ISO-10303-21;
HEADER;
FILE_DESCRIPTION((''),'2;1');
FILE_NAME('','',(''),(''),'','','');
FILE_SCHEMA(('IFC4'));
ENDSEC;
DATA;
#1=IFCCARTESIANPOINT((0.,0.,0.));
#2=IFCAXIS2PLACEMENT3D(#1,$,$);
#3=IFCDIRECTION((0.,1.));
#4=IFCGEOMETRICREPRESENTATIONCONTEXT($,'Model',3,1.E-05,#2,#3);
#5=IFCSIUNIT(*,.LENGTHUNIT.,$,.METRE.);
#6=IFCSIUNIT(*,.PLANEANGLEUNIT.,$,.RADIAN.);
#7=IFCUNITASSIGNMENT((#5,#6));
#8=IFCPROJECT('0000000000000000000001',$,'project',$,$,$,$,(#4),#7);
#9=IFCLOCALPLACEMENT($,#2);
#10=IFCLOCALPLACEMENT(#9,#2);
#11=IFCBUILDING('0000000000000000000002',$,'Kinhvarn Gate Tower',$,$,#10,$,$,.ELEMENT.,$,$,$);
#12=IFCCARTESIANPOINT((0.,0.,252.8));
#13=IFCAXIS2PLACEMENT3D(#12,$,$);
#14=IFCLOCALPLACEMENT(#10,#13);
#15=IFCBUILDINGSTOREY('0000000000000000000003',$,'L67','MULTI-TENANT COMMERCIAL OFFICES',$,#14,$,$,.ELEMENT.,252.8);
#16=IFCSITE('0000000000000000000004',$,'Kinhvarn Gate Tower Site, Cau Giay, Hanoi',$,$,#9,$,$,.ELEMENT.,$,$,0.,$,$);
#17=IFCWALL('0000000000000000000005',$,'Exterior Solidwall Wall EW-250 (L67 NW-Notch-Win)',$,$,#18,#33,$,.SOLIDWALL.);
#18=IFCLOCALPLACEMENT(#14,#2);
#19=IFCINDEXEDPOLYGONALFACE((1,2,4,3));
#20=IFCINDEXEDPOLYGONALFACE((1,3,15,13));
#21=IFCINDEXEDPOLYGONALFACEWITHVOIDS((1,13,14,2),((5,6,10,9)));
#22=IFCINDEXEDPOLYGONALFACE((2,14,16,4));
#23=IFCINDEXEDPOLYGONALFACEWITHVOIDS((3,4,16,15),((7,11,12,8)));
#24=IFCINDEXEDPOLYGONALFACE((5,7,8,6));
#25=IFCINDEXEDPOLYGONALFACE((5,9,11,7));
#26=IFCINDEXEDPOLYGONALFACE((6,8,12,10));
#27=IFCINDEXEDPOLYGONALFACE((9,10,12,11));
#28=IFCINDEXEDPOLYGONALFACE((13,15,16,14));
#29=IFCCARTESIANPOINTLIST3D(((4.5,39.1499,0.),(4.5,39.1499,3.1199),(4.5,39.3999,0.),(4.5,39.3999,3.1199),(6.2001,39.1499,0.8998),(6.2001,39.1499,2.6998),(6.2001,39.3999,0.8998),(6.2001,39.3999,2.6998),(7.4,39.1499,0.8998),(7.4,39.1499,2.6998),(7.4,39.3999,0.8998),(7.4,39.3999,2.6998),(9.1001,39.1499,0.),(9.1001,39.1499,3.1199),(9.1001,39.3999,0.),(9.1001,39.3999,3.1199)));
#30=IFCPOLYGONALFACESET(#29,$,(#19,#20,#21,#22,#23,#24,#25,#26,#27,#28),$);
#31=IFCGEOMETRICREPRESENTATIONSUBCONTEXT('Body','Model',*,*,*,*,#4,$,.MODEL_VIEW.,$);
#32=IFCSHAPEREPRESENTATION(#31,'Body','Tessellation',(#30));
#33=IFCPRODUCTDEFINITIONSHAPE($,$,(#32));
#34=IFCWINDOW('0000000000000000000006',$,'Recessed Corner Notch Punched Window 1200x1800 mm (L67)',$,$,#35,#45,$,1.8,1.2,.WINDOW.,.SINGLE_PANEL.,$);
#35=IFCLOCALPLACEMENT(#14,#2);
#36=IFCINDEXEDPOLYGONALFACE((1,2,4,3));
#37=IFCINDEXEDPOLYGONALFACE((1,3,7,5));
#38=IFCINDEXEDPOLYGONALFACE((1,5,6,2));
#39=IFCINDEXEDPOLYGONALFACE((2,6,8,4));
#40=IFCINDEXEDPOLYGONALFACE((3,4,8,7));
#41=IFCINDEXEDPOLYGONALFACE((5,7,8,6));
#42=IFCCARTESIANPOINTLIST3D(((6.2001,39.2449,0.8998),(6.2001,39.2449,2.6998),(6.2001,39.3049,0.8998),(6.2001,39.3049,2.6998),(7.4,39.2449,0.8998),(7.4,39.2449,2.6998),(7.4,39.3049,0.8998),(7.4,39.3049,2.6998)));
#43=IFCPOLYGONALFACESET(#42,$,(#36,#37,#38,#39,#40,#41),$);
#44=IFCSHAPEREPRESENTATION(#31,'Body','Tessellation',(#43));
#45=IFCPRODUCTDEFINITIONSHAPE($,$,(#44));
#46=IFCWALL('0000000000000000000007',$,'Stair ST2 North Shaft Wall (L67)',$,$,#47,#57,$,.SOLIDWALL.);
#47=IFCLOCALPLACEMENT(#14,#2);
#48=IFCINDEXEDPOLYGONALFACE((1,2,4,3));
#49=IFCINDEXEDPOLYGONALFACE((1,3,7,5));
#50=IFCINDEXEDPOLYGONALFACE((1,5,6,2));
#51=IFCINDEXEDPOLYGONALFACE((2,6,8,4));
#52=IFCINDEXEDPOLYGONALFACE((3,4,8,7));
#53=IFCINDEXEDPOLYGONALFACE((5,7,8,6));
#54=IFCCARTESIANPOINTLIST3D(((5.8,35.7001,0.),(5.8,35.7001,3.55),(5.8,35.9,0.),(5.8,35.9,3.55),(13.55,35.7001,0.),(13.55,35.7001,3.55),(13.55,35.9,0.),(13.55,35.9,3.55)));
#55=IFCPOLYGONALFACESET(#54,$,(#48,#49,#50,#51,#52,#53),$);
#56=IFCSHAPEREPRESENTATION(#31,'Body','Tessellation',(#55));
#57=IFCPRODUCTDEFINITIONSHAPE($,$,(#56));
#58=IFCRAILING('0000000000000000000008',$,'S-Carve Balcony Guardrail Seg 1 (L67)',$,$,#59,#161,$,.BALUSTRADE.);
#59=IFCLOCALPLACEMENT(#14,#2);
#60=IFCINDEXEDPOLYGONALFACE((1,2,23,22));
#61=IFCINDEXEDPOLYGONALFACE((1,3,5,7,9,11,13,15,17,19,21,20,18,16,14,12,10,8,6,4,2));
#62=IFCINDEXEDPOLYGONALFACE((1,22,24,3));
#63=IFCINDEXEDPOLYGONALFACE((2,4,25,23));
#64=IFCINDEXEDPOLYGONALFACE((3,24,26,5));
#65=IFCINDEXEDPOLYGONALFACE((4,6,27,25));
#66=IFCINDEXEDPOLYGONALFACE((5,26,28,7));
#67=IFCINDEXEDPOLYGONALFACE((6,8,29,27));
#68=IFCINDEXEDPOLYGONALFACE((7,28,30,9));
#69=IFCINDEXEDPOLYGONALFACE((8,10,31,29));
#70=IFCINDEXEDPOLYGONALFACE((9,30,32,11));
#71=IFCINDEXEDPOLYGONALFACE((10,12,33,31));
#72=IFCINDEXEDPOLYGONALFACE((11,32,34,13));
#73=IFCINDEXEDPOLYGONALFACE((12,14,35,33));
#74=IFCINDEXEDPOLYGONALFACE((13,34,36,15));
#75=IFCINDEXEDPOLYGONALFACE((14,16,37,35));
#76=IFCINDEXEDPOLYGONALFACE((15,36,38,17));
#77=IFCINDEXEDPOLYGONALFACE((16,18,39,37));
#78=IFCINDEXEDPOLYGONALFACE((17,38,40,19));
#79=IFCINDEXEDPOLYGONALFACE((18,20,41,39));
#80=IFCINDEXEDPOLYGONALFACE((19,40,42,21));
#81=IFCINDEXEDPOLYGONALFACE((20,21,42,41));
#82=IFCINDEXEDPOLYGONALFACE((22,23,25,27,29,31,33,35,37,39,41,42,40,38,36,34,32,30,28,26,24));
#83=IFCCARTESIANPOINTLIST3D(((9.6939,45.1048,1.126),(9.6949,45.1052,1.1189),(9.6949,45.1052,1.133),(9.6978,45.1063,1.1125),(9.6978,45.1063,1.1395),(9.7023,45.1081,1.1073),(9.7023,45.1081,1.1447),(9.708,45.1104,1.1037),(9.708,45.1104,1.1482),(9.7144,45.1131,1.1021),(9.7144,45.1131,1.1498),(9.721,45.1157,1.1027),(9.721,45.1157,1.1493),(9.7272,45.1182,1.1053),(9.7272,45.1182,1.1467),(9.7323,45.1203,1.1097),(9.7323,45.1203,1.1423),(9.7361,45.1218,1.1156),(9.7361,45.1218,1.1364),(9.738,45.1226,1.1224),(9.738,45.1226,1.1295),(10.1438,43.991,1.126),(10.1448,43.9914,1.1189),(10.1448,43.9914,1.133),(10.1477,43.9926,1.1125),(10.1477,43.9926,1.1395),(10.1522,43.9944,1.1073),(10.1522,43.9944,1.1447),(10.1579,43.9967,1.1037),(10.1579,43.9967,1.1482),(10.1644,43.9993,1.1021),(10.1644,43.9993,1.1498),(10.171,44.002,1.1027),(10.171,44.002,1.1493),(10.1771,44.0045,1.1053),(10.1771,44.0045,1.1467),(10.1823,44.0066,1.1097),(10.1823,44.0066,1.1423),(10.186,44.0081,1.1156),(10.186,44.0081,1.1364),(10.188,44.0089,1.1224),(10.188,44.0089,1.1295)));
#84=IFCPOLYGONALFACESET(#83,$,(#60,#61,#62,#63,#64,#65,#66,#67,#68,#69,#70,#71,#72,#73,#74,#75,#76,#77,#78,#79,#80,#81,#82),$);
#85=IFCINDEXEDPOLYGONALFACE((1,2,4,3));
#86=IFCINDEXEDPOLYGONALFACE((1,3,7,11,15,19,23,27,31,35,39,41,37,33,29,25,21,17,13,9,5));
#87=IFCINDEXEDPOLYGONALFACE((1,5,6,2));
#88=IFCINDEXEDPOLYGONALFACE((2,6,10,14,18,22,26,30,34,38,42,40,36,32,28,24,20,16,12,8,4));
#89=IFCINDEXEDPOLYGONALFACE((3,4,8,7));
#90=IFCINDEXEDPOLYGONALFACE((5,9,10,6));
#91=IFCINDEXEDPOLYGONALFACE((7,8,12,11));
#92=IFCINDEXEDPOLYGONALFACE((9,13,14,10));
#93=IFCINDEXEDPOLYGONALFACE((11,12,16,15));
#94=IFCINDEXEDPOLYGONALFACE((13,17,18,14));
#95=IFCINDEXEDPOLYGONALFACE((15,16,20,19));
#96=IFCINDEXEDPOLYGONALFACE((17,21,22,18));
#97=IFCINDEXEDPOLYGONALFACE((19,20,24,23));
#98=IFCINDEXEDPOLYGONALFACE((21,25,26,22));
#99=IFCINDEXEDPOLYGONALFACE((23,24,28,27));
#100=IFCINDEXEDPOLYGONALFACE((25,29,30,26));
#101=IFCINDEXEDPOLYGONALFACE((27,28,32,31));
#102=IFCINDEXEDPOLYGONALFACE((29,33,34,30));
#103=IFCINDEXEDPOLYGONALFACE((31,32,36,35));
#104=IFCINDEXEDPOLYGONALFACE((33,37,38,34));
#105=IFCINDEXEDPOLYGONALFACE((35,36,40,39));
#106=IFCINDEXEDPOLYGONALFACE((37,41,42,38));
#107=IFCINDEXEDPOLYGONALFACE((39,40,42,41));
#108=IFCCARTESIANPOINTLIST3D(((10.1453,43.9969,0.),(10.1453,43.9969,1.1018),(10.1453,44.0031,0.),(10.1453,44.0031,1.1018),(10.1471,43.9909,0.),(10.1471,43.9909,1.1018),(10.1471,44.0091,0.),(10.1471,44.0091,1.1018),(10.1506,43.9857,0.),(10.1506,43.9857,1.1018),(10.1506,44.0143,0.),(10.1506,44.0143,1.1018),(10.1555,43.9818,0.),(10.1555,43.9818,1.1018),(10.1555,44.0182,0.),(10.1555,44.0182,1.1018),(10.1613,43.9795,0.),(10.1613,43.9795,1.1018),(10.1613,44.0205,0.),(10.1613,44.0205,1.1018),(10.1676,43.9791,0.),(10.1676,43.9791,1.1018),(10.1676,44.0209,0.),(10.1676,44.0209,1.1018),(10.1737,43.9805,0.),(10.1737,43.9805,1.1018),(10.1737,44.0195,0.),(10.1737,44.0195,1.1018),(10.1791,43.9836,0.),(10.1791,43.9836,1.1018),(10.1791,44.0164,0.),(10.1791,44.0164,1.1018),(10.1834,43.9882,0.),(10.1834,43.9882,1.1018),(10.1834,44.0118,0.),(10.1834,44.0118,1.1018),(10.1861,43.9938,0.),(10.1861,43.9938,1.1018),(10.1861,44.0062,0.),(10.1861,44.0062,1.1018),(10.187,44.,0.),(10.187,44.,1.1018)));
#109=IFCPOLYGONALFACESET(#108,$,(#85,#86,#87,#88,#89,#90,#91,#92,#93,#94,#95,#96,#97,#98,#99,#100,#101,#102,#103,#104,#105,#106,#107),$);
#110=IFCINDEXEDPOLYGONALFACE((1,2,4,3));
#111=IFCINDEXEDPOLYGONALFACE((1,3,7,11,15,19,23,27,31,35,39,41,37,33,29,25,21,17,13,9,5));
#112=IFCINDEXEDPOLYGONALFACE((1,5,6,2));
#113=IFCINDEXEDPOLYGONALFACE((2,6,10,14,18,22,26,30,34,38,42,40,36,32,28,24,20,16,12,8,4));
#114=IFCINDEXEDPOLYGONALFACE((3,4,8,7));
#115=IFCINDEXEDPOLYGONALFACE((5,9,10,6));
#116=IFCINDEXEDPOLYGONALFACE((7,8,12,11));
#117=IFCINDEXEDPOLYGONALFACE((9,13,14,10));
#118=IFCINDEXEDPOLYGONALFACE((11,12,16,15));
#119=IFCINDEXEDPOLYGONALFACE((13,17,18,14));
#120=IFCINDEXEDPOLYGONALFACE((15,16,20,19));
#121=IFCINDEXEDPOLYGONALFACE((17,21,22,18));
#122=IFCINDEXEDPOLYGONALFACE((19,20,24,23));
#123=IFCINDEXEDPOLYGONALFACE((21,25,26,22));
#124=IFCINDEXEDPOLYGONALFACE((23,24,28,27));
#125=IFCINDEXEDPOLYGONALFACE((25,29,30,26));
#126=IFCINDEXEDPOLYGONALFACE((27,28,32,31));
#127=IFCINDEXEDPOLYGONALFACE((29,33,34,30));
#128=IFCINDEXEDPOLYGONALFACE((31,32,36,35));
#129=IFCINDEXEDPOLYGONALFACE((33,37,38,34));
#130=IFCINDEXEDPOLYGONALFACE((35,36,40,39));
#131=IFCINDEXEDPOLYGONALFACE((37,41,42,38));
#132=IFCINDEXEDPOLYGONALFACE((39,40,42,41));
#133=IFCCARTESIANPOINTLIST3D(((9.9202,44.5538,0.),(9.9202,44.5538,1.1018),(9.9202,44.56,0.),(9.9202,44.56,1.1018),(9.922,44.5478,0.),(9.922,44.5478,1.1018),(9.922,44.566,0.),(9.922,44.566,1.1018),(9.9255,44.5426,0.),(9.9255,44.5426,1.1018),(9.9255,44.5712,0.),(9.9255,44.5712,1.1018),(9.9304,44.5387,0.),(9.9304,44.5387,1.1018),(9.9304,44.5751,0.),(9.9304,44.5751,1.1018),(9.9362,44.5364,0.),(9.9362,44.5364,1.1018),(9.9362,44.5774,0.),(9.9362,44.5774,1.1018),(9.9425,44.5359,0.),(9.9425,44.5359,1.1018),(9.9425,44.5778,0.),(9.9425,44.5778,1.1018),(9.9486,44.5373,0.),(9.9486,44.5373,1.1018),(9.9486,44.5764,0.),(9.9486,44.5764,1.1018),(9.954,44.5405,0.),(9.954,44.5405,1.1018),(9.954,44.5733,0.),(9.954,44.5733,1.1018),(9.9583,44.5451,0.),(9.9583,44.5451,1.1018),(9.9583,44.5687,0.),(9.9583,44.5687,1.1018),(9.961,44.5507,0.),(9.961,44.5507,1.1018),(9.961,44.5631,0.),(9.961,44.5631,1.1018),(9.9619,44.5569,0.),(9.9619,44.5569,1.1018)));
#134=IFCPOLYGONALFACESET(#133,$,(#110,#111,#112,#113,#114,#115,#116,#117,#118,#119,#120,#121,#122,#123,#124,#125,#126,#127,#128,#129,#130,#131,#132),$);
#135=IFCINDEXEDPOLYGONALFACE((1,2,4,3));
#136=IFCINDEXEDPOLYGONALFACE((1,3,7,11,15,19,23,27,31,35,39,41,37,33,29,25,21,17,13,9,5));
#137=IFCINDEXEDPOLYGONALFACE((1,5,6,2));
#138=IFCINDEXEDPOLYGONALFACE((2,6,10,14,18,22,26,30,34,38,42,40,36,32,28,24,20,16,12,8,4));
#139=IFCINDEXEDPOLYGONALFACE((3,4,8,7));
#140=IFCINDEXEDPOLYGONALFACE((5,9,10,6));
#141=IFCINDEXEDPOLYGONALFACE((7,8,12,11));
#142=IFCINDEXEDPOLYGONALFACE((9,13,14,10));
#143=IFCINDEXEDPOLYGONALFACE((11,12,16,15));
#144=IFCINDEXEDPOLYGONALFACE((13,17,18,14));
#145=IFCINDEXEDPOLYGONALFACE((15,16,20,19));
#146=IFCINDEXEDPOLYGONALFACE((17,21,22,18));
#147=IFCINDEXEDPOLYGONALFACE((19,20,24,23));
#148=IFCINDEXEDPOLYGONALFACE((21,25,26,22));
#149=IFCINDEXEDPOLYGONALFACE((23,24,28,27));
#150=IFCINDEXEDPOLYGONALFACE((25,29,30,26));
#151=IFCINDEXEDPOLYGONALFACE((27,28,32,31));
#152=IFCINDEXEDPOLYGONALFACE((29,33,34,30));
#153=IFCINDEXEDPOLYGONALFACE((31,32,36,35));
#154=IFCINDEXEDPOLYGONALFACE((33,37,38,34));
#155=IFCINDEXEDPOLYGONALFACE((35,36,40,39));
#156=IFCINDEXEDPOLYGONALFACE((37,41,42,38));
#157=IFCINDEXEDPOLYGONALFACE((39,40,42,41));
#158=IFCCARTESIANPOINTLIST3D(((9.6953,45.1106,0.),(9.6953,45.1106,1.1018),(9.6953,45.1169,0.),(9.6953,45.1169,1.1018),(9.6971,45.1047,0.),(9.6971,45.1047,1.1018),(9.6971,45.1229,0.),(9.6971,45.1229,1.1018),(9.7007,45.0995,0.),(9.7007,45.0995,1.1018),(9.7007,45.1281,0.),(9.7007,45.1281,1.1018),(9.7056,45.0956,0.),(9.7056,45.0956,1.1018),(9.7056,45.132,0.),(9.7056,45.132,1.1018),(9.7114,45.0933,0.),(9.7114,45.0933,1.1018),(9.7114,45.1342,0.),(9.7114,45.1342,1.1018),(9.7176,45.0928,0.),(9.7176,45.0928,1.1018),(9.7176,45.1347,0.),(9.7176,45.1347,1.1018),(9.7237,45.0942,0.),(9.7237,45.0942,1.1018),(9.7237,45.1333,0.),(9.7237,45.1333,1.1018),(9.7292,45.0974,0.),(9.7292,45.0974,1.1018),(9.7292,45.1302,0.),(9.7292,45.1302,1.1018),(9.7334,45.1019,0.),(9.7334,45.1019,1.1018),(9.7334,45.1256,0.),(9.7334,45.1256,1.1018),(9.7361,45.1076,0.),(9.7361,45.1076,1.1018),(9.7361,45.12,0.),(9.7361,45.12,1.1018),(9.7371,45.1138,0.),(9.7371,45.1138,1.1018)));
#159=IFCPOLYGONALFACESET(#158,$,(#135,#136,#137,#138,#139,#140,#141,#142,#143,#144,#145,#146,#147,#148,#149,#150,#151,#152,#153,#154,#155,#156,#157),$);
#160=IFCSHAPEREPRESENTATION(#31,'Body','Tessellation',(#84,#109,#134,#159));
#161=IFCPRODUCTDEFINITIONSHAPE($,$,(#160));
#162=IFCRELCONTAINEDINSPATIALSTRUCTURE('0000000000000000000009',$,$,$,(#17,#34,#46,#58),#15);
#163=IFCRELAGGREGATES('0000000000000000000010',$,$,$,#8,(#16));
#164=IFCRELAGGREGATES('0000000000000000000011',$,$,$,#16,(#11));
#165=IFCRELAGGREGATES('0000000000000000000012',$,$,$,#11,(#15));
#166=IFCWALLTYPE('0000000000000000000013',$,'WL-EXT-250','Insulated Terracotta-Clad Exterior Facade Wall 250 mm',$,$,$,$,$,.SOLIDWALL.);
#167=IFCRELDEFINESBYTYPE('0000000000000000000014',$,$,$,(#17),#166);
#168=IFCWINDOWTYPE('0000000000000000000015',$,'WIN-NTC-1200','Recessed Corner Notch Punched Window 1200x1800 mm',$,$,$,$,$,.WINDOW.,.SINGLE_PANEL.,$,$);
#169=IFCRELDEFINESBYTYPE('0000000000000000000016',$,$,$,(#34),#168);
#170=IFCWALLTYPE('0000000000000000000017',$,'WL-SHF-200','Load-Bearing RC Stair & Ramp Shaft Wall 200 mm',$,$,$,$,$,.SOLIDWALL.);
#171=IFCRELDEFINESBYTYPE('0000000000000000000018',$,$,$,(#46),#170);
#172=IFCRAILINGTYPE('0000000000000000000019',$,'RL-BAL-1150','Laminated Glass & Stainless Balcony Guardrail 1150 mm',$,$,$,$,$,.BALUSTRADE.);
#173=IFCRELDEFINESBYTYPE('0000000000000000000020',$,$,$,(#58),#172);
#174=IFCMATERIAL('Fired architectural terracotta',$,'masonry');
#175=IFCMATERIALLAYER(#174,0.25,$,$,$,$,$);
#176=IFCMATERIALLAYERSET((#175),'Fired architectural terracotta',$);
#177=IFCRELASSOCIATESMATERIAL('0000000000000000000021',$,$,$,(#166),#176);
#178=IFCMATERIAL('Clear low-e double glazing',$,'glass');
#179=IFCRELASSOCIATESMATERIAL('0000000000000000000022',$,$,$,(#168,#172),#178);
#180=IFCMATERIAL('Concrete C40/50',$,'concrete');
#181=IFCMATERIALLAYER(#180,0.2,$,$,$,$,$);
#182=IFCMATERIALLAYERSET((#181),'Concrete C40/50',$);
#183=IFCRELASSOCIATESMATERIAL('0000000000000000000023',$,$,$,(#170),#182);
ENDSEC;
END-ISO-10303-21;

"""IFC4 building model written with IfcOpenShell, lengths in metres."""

from ifc_helpers import new_model, si_unit, direction, frame, frame_2d, origin, origin_2d, place, context, subcontext, project, spatial, rectangle, circle, extrude, material, layer, layer_set, type_object, element, fill, save


model = new_model("IFC4")

# Units and contexts
model_context = context("Model", 3, precision=1e-05, world=origin(), true_north=direction((0.0, 1.0)))
body_context = subcontext(model_context, "Body", "Model", "MODEL_VIEW")
ifc_project = project(units=[si_unit("LENGTHUNIT", "METRE"), si_unit("PLANEANGLEUNIT", "RADIAN")], contexts=[model_context])

# Site, building, storey
site_placement = place(None, origin())
site = spatial("IfcSite", under=ifc_project, at=site_placement, Name="Kinhvarn Gate Tower Site, Cau Giay, Hanoi", CompositionType="ELEMENT", RefElevation=0.0)
building_placement = place(site_placement, origin())
building = spatial("IfcBuilding", under=site, at=building_placement, Name="Kinhvarn Gate Tower", CompositionType="ELEMENT")
storey_placement = place(building_placement, frame((0.0, 0.0, 252.8)))
storey = spatial("IfcBuildingStorey", under=building, at=storey_placement, Name="L67", Description="MULTI-TENANT COMMERCIAL OFFICES", CompositionType="ELEMENT", Elevation=252.8)

# Shared definitions
ifc_material_1 = material(Name="Fired architectural terracotta", Category="masonry")
ifc_layer_1 = layer(ifc_material_1, 0.25)
ifc_layer_set_1 = layer_set([ifc_layer_1], Name="Fired architectural terracotta")
wall_type_1 = type_object("IfcWallType", Name="WL-EXT-250", Description="Insulated Terracotta-Clad Exterior Facade Wall 250 mm", PredefinedType="SOLIDWALL", material=ifc_layer_set_1)

# Shared definitions
ifc_material_2 = material(Name="Clear low-e double glazing", Category="glass")

# Wall, opening, window
wall_1_placement = place(storey_placement, frame((9.1001, 39.2749, 0.0), z_axis=(0.0, 0.0, 1.0), x_axis=(-1.0, 0.0, 0.0)))
wall_1 = element("IfcWall", 1, at=wall_1_placement, inside=storey, type_object=wall_type_1, Name="Exterior Solidwall Wall EW-250 (L67 NW-Notch-Win)", PredefinedType="SOLIDWALL", context=body_context, shape_type="SweptSolid", body=[
    extrude(rectangle(XDim=4.6001, YDim=0.25, at=frame_2d((2.3, 0.0))), origin(), (0.0, 0.0, 1.0), 3.1199),
])
opening_1_placement = place(wall_1_placement, frame((1.7, 0.0, 0.8999)))
opening_1 = element("IfcOpeningElement", 2, at=opening_1_placement, cuts=wall_1, PredefinedType="OPENING", context=body_context, shape_type="SweptSolid", body=[
    extrude(rectangle(XDim=1.2, YDim=1.8, at=frame_2d((0.6001, 0.8999))), frame((0.0, 0.135, 0.0), z_axis=(0.0, -1.0, 0.0), x_axis=(1.0, 0.0, 0.0)), (0.0, 0.0, 1.0), 0.27),
])
window_type = type_object("IfcWindowType", Name="WIN-NTC-1200", Description="Recessed Corner Notch Punched Window 1200x1800 mm", PartitioningType="SINGLE_PANEL", PredefinedType="WINDOW", material=ifc_material_2)
window_placement = place(opening_1_placement, origin())
window = element("IfcWindow", 3, at=window_placement, inside=storey, type_object=window_type, Name="Recessed Corner Notch Punched Window 1200x1800 mm (L67)", OverallHeight=1.8, OverallWidth=1.2, PartitioningType="SINGLE_PANEL", PredefinedType="WINDOW", context=body_context, shape_type="SweptSolid", body=[
    extrude(rectangle(XDim=1.2, YDim=1.8, at=frame_2d((0.6001, 0.8999))), frame((0.0, 0.03, 0.0), z_axis=(0.0, -1.0, 0.0), x_axis=(1.0, 0.0, 0.0)), (0.0, 0.0, 1.0), 0.0601),
])
fill(opening_1, window)

# Wall
ifc_material_3 = material(Name="Concrete C40/50", Category="concrete")
ifc_layer_2 = layer(ifc_material_3, 0.2)
ifc_layer_set_2 = layer_set([ifc_layer_2], Name="Concrete C40/50")
wall_type_2 = type_object("IfcWallType", Name="WL-SHF-200", Description="Load-Bearing RC Stair & Ramp Shaft Wall 200 mm", PredefinedType="SOLIDWALL", material=ifc_layer_set_2)
wall_2_placement = place(storey_placement, frame((5.8, 35.8, 0.0), z_axis=(0.0, 0.0, 1.0), x_axis=(1.0, 0.0, 0.0)))
element("IfcWall", 4, at=wall_2_placement, inside=storey, type_object=wall_type_2, Name="Stair ST2 North Shaft Wall (L67)", PredefinedType="SOLIDWALL", context=body_context, shape_type="SweptSolid", body=[
    extrude(rectangle(XDim=7.75, YDim=0.2, at=frame_2d((3.875, 0.0))), origin(), (0.0, 0.0, 1.0), 3.55),
])

# Railing
railing_type = type_object("IfcRailingType", Name="RL-BAL-1150", Description="Laminated Glass & Stainless Balcony Guardrail 1150 mm", PredefinedType="BALUSTRADE", material=ifc_material_2)
railing_1_placement = place(storey_placement, frame((10.166, 44.0, 0.0)))
element("IfcRailing", 5, at=railing_1_placement, inside=storey, type_object=railing_type, Name="S-Carve Balcony Guardrail Seg 1 (L67)", PredefinedType="BALUSTRADE", context=body_context, shape_type="SweptSolid", body=[
    extrude(circle(Radius=0.0239, at=origin_2d()), frame((0.0, 0.0, 1.126), z_axis=(-0.374577, 0.927196, 0.0), x_axis=(-0.927196, -0.374577, 0.0)), (0.0, 0.0, 1.0), 1.2012),
    extrude(circle(Radius=0.021, at=origin_2d()), origin(), (0.0, 0.0, 1.0), 1.1018),
    extrude(circle(Radius=0.021, at=origin_2d()), frame((-0.2251, 0.5569, 0.0)), (0.0, 0.0, 1.0), 1.1018),
    extrude(circle(Radius=0.021, at=origin_2d()), frame((-0.45, 1.1138, 0.0)), (0.0, 0.0, 1.0), 1.1018),
])

save(model, "model.ifc")
